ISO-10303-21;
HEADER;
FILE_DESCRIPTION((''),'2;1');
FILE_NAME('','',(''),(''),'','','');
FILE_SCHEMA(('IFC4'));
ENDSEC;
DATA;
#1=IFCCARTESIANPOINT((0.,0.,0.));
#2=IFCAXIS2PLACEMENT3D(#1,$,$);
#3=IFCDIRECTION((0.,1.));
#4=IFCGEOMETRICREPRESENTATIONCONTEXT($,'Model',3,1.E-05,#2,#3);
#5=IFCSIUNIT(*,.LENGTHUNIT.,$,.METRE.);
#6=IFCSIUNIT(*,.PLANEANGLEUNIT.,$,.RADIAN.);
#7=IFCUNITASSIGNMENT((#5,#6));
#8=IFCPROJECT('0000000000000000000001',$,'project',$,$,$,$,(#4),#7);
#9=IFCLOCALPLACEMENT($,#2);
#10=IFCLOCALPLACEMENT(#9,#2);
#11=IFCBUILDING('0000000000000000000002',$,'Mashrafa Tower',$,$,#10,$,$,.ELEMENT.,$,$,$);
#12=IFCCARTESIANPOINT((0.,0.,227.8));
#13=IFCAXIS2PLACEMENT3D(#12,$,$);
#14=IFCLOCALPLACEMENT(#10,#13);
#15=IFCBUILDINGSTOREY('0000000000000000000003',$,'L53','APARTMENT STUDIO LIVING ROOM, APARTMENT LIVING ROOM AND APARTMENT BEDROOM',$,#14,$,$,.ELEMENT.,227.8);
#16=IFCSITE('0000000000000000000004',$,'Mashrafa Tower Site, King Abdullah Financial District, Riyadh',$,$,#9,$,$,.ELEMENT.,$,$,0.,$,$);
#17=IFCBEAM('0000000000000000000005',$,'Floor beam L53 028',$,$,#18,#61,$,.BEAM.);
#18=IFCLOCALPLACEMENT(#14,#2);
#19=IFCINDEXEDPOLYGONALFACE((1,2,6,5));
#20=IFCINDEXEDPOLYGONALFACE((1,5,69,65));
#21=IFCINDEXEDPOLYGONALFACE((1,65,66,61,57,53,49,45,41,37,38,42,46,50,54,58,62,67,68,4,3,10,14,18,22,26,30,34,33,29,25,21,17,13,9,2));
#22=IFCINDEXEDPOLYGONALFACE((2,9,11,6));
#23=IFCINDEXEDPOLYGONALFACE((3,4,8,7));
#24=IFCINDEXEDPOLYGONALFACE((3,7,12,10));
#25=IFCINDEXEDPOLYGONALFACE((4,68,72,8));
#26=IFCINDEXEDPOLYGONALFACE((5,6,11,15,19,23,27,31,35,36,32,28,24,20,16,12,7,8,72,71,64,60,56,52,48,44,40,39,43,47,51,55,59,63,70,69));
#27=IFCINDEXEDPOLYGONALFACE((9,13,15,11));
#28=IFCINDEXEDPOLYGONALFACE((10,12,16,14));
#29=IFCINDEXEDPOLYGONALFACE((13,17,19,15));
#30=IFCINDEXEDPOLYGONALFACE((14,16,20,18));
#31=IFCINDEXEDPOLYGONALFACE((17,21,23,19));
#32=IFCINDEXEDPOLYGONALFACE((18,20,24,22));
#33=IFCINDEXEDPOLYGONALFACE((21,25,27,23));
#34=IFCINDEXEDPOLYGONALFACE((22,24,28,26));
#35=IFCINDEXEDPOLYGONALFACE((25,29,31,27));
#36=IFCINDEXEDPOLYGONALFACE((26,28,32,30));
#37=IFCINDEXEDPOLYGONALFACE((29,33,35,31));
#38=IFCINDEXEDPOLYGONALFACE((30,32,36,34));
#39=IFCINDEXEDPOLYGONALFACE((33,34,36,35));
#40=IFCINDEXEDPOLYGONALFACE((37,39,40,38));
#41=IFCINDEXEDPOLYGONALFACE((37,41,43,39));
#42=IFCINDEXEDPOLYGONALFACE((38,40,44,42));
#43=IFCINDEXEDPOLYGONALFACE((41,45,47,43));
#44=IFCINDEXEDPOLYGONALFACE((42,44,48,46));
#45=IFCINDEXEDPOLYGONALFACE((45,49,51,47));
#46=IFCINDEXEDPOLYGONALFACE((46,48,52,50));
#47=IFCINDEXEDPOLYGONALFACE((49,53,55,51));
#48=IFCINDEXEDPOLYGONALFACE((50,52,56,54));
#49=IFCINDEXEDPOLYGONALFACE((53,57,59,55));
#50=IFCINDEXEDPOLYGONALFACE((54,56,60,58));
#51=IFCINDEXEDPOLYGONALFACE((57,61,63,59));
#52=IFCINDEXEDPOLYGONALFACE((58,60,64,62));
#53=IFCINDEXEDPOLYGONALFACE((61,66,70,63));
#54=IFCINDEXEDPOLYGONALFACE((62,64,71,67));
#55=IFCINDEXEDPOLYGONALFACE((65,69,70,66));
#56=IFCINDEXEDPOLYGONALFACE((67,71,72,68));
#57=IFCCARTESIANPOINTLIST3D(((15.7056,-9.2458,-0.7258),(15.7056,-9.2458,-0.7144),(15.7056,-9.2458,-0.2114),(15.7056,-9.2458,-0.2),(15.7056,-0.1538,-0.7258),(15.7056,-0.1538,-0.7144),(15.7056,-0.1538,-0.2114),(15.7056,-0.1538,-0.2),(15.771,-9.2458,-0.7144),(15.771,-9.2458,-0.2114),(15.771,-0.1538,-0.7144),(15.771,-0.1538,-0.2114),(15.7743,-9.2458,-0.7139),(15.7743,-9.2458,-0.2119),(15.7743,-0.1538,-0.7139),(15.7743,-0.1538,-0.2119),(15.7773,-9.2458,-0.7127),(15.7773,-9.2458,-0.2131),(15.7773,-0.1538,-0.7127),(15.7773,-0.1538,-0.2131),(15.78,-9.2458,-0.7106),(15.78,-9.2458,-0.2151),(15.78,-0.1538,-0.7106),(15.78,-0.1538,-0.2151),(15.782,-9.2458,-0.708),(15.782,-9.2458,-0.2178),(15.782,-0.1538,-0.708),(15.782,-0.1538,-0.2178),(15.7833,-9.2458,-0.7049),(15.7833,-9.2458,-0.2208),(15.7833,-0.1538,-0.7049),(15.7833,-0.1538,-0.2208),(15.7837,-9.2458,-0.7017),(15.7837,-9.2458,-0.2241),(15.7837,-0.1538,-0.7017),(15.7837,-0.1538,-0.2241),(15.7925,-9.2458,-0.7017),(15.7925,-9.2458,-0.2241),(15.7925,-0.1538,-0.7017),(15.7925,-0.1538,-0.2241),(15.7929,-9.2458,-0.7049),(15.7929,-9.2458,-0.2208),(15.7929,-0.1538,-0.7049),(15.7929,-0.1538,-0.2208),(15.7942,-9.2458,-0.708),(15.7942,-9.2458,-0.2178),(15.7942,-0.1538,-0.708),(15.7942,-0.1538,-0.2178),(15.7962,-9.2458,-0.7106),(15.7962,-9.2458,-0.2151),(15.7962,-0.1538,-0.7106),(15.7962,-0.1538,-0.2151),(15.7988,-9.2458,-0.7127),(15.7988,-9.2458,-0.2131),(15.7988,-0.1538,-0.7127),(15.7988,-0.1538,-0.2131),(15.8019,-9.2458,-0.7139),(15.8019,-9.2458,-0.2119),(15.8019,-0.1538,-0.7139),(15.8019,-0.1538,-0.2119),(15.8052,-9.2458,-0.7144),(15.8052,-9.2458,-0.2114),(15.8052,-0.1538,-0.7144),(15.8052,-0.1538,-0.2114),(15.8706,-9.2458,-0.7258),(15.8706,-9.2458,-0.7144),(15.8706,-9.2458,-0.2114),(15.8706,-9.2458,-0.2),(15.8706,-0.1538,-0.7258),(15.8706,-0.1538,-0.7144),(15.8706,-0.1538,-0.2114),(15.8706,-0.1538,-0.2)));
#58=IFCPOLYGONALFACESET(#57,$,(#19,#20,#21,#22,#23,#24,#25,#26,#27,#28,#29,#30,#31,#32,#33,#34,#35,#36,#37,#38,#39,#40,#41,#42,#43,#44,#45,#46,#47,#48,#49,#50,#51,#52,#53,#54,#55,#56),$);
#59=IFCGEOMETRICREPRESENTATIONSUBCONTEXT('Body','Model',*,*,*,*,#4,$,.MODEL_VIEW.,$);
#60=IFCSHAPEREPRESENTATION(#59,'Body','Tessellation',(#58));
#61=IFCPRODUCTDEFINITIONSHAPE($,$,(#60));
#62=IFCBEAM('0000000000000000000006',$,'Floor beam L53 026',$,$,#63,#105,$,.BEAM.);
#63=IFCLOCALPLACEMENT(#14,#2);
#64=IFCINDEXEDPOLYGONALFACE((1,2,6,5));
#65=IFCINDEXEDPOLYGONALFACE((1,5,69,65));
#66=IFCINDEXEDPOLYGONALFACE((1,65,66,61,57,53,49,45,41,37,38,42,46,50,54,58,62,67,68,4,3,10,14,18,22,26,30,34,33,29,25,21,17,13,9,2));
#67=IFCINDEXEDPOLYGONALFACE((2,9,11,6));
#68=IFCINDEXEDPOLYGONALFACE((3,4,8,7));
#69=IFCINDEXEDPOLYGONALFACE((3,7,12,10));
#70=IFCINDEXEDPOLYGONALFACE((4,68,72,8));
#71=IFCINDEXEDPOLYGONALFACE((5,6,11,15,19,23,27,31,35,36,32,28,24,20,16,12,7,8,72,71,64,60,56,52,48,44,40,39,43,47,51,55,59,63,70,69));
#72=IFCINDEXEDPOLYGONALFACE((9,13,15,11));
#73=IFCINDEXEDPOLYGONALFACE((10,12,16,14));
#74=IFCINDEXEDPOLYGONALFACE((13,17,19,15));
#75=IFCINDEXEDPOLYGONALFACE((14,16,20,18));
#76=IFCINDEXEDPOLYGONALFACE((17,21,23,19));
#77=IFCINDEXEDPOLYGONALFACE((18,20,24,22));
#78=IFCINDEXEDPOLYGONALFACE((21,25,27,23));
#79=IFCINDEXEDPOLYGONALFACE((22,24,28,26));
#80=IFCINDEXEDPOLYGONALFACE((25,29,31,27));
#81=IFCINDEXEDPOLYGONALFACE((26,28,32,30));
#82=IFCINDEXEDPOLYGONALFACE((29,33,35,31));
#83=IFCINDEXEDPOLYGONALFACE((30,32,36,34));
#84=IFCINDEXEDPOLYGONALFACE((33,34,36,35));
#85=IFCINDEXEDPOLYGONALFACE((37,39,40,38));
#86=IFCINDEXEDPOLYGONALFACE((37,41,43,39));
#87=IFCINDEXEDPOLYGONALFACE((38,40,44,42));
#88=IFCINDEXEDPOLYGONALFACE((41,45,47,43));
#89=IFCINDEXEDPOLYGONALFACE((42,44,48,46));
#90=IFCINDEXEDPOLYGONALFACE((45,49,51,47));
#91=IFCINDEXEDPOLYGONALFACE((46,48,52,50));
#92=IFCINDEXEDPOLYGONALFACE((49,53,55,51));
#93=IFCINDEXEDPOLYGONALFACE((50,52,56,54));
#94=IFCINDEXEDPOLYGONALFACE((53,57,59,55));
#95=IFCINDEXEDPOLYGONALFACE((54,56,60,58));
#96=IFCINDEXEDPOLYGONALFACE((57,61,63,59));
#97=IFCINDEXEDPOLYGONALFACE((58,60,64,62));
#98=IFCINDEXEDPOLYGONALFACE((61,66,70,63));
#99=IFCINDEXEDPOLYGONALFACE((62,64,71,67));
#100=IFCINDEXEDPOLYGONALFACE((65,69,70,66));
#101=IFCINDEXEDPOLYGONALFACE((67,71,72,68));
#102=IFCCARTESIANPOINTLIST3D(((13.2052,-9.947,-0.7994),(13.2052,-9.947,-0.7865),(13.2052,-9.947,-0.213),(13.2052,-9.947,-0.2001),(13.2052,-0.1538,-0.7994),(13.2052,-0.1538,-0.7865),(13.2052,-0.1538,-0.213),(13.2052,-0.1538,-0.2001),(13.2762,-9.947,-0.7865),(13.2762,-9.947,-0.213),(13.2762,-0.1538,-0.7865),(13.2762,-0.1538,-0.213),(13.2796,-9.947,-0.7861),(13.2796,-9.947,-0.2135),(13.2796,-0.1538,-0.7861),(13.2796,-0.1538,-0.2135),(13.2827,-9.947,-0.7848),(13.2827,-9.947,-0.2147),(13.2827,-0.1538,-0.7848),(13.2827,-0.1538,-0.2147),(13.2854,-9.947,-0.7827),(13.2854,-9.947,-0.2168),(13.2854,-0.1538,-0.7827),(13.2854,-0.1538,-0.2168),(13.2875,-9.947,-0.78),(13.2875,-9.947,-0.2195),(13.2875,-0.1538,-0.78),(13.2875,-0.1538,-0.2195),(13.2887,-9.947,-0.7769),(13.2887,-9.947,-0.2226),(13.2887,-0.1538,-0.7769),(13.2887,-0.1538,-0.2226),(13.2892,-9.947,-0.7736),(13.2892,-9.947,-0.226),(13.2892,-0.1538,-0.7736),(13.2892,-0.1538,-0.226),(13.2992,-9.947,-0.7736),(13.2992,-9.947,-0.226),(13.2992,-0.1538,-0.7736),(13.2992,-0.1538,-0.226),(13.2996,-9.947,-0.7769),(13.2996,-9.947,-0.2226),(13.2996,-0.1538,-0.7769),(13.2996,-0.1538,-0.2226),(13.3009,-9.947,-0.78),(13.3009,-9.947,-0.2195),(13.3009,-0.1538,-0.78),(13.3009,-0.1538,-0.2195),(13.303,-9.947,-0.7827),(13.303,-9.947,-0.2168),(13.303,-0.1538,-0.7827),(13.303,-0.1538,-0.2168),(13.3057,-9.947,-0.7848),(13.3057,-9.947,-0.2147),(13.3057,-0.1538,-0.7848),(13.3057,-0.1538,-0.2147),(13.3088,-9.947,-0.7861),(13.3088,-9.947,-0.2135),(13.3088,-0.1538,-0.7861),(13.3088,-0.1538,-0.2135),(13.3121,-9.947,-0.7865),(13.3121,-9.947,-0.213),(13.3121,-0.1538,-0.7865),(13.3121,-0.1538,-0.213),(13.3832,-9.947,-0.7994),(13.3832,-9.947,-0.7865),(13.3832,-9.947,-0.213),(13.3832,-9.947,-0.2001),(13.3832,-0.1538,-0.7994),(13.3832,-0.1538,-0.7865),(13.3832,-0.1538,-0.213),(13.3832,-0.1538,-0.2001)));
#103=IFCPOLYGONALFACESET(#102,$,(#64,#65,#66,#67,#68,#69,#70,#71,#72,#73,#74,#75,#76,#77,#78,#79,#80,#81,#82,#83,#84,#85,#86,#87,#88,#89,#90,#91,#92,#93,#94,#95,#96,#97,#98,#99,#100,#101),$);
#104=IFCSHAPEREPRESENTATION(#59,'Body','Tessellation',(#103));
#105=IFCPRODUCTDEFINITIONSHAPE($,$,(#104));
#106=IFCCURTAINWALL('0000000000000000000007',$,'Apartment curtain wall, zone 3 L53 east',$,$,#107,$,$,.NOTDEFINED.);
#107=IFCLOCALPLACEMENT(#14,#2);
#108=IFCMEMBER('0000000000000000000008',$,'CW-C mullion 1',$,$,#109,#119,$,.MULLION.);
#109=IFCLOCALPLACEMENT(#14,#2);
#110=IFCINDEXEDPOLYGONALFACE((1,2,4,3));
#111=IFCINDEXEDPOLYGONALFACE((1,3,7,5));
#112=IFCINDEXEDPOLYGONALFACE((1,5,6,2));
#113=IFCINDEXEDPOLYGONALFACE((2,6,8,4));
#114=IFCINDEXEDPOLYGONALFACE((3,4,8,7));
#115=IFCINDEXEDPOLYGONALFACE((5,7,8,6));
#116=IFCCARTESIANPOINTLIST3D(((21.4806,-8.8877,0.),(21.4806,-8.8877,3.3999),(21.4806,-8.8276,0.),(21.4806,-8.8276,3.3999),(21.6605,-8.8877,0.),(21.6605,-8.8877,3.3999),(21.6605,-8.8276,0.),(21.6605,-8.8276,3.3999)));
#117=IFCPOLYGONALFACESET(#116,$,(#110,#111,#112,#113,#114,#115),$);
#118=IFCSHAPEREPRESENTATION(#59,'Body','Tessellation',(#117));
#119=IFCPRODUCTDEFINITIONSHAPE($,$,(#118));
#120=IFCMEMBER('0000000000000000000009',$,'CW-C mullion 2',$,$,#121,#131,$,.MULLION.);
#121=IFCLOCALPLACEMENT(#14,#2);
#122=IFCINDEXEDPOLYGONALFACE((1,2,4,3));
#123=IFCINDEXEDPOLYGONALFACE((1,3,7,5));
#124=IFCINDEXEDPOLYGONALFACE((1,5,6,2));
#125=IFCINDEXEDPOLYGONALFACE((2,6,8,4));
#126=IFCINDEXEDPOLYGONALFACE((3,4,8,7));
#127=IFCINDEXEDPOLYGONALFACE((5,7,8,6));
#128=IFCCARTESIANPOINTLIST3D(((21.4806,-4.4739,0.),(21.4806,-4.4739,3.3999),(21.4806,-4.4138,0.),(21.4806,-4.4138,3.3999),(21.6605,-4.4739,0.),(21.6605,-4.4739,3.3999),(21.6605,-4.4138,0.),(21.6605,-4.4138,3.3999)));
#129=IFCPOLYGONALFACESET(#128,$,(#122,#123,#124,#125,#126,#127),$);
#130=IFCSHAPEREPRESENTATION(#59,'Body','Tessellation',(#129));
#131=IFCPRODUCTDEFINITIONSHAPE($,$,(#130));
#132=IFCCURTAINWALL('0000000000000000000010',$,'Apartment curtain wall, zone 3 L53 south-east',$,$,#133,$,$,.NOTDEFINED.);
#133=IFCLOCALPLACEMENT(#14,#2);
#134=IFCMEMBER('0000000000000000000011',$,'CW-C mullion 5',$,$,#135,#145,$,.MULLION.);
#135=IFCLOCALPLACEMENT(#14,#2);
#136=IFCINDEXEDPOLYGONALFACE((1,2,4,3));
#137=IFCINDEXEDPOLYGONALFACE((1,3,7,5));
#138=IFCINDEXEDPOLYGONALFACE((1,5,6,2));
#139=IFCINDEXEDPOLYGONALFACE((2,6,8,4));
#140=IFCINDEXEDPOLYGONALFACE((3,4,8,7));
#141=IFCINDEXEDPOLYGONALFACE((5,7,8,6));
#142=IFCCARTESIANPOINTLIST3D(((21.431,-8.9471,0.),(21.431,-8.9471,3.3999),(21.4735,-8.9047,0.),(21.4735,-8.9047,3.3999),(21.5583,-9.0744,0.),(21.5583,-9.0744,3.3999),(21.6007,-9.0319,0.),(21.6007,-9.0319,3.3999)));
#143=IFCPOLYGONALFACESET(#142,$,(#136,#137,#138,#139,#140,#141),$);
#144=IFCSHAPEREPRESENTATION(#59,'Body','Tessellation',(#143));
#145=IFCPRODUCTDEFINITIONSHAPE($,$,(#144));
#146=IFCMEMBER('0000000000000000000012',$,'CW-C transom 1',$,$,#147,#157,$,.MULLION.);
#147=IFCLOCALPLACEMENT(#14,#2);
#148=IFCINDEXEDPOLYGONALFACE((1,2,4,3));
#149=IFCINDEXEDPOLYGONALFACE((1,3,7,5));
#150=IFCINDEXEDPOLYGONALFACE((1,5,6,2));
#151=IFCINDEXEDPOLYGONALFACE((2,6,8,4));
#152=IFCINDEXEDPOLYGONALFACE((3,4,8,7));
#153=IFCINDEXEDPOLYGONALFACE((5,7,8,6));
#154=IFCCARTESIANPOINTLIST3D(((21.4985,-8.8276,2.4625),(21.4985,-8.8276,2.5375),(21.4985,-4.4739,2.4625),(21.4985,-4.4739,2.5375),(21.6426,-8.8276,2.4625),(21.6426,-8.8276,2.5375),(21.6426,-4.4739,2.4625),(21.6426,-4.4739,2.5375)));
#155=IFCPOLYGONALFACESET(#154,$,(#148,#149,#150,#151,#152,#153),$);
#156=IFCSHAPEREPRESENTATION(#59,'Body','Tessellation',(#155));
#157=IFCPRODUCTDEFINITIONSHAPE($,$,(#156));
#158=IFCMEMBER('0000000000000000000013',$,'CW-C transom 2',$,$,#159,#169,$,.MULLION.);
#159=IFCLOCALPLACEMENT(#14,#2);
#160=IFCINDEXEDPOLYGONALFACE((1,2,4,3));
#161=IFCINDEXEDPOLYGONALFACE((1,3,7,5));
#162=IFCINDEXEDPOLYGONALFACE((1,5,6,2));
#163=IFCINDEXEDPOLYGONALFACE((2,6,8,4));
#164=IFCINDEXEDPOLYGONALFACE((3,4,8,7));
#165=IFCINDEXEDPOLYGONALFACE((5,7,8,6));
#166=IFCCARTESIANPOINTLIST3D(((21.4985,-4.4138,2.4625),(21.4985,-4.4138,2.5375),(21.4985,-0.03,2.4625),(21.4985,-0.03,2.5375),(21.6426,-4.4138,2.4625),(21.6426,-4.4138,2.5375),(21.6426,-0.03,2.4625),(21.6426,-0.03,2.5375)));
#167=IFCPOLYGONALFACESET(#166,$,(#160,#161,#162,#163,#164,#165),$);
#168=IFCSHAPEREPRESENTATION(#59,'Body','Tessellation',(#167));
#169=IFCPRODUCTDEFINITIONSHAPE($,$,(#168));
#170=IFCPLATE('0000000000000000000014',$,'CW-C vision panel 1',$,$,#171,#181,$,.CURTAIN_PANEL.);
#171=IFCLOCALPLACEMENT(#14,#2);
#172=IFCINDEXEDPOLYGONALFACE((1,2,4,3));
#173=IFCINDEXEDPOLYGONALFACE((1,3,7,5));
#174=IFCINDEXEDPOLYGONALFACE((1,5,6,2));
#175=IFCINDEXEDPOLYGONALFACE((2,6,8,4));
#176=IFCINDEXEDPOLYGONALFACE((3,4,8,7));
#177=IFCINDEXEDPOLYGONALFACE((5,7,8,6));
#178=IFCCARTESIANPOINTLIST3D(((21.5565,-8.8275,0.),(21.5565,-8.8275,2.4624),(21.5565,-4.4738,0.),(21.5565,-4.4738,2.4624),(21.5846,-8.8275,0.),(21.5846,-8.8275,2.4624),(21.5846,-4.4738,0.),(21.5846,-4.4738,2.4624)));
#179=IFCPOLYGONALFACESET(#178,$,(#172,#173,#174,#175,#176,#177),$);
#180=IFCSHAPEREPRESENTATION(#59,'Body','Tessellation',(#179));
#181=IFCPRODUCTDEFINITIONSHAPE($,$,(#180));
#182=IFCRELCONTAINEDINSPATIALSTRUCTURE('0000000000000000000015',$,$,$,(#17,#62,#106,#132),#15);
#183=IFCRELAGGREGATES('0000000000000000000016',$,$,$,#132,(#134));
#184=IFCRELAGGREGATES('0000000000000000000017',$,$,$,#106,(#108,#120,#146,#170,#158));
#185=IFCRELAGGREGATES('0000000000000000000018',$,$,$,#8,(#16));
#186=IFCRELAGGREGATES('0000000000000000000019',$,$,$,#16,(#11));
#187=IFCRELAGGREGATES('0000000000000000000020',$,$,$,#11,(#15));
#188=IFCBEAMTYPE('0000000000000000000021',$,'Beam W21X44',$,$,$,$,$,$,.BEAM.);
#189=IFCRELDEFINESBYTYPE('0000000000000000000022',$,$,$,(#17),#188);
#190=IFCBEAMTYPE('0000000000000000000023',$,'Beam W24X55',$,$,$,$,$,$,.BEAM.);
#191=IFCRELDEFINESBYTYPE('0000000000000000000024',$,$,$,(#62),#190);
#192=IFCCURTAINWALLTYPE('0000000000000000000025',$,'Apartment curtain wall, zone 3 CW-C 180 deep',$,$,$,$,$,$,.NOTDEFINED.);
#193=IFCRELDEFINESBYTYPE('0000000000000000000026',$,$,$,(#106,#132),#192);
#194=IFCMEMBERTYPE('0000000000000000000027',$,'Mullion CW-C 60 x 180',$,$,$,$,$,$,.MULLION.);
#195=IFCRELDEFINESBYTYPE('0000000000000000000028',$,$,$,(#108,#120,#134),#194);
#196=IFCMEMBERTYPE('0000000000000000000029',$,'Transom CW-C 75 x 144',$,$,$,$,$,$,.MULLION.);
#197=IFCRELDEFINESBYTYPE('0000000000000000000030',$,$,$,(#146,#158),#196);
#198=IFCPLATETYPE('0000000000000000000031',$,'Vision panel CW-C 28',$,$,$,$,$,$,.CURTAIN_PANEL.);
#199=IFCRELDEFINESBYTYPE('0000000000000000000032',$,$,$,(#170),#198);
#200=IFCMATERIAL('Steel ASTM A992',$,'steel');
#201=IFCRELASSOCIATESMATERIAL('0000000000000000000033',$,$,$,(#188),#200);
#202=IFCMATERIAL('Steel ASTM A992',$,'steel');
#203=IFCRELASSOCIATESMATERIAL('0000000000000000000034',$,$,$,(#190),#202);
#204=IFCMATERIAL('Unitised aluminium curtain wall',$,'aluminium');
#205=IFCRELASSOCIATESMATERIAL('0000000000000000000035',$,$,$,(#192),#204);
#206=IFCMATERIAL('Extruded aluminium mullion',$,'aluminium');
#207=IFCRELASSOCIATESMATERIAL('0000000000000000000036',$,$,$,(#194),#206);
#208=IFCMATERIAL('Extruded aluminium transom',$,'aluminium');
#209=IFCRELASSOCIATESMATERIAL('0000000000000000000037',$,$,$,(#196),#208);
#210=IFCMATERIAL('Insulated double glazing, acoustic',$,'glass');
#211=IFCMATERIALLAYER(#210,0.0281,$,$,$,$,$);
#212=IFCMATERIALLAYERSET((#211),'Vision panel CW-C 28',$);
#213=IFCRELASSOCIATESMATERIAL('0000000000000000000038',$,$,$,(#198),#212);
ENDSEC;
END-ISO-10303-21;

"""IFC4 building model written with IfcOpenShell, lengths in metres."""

from ifc_helpers import new_model, si_unit, direction, frame, origin, origin_2d, place, context, subcontext, project, spatial, rectangle, i_section, extrude, source, transform, mapped, material, layer, layer_set, material_profile, profile_set, type_object, type_shapes, element, aggregate, save


model = new_model("IFC4")

# Units and contexts
model_context = context("Model", 3, precision=1e-05, world=origin(), true_north=direction((0.0, 1.0)))
body_context = subcontext(model_context, "Body", "Model", "MODEL_VIEW")
ifc_project = project(units=[si_unit("LENGTHUNIT", "METRE"), si_unit("PLANEANGLEUNIT", "RADIAN")], contexts=[model_context])

# Site, building, storey
site_placement = place(None, origin())
site = spatial("IfcSite", under=ifc_project, at=site_placement, Name="Mashrafa Tower Site, King Abdullah Financial District, Riyadh", CompositionType="ELEMENT", RefElevation=0.0)
building_placement = place(site_placement, origin())
building = spatial("IfcBuilding", under=site, at=building_placement, Name="Mashrafa Tower", CompositionType="ELEMENT")
storey_placement = place(building_placement, frame((0.0, 0.0, 227.8)))
storey = spatial("IfcBuildingStorey", under=building, at=storey_placement, Name="L53", Description="APARTMENT STUDIO LIVING ROOM, APARTMENT LIVING ROOM AND APARTMENT BEDROOM", CompositionType="ELEMENT", Elevation=227.8)

# Beams
ifc_material_1 = material(Name="Steel ASTM A992", Category="steel")
ifc_material_profile_1 = material_profile(ifc_material_1, i_section(OverallWidth=0.165, OverallDepth=0.5259, WebThickness=0.0088, FlangeThickness=0.0115, FilletRadius=0.0127, at=origin_2d()), Name="W21X44")
ifc_profile_set_1 = profile_set([ifc_material_profile_1], Name="Steel ASTM A992")
beam_type_1 = type_object("IfcBeamType", Name="Beam W21X44", PredefinedType="BEAM", material=ifc_profile_set_1)
beam_1_placement = place(storey_placement, frame((15.7881, -0.1538, -0.4629), z_axis=(0.0, -1.0, 0.0), x_axis=(1.0, 0.0, 0.0)))
element("IfcBeam", 1, at=beam_1_placement, inside=storey, type_object=beam_type_1, Name="Floor beam L53 028", PredefinedType="BEAM", context=body_context, shape_type="SweptSolid", body=[
    extrude(i_section(OverallWidth=0.165, OverallDepth=0.5259, WebThickness=0.0088, FlangeThickness=0.0115, FilletRadius=0.0127, at=origin_2d()), origin(), (0.0, 0.0, 1.0), 9.092),
])
ifc_material_2 = material(Name="Steel ASTM A992", Category="steel")
ifc_material_profile_2 = material_profile(ifc_material_2, i_section(OverallWidth=0.178, OverallDepth=0.5994, WebThickness=0.01, FlangeThickness=0.0129, FilletRadius=0.0129, at=origin_2d()), Name="W24X55")
ifc_profile_set_2 = profile_set([ifc_material_profile_2], Name="Steel ASTM A992")
beam_type_2 = type_object("IfcBeamType", Name="Beam W24X55", PredefinedType="BEAM", material=ifc_profile_set_2)
beam_2_placement = place(storey_placement, frame((13.2942, -0.1538, -0.4998), z_axis=(0.0, -1.0, 0.0), x_axis=(1.0, 0.0, 0.0)))
element("IfcBeam", 2, at=beam_2_placement, inside=storey, type_object=beam_type_2, Name="Floor beam L53 026", PredefinedType="BEAM", context=body_context, shape_type="SweptSolid", body=[
    extrude(i_section(OverallWidth=0.178, OverallDepth=0.5994, WebThickness=0.01, FlangeThickness=0.0129, FilletRadius=0.0129, at=origin_2d()), origin(), (0.0, 0.0, 1.0), 9.7932),
])

# Curtain wall, members
ifc_material_3 = material(Name="Unitised aluminium curtain wall", Category="aluminium")
curtain_wall_type = type_object("IfcCurtainWallType", Name="Apartment curtain wall, zone 3 CW-C 180 deep", PredefinedType="NOTDEFINED", material=ifc_material_3)
curtain_wall_1_placement = place(storey_placement, origin())
curtain_wall_1 = element("IfcCurtainWall", 3, at=curtain_wall_1_placement, inside=storey, type_object=curtain_wall_type, Name="Apartment curtain wall, zone 3 L53 east", PredefinedType="NOTDEFINED")
ifc_material_4 = material(Name="Extruded aluminium mullion", Category="aluminium")
ifc_material_profile_3 = material_profile(ifc_material_4, rectangle(XDim=0.1799, YDim=0.0601, at=origin_2d()), Name="Mullion 60x180")
ifc_profile_set_3 = profile_set([ifc_material_profile_3], Name="Extruded aluminium mullion")
member_type_1 = type_object("IfcMemberType", Name="Mullion CW-C 60 x 180", PredefinedType="MULLION", material=ifc_profile_set_3)
shared_shape_1 = source(origin(), body_context, "Body", "SweptSolid", [
    extrude(rectangle(XDim=0.1799, YDim=0.0601, at=origin_2d()), origin(), (0.0, 0.0, 1.0), 3.3999),
])
type_shapes(member_type_1, [shared_shape_1])
member_1_placement = place(storey_placement, frame((21.5706, -8.8577, 0.0), z_axis=(0.0, 0.0, 1.0), x_axis=(-1.0, 0.0, 0.0)))
member_1 = element("IfcMember", 4, at=member_1_placement, type_object=member_type_1, Name="CW-C mullion 1", PredefinedType="MULLION", context=body_context, shape_type="MappedRepresentation", body=[
    mapped(shared_shape_1, transform((0.0, 0.0, 0.0))),
])
member_2_placement = place(storey_placement, frame((21.5706, -4.4438, 0.0), z_axis=(0.0, 0.0, 1.0), x_axis=(-1.0, 0.0, 0.0)))
member_2 = element("IfcMember", 5, at=member_2_placement, type_object=member_type_1, Name="CW-C mullion 2", PredefinedType="MULLION", context=body_context, shape_type="MappedRepresentation", body=[
    mapped(shared_shape_1, transform((0.0, 0.0, 0.0))),
])

# Curtain wall, member
curtain_wall_2_placement = place(storey_placement, origin())
curtain_wall_2 = element("IfcCurtainWall", 6, at=curtain_wall_2_placement, inside=storey, type_object=curtain_wall_type, Name="Apartment curtain wall, zone 3 L53 south-east", PredefinedType="NOTDEFINED")
member_3_placement = place(storey_placement, frame((21.5159, -8.9895, 0.0), z_axis=(0.0, 0.0, 1.0), x_axis=(-0.707107, 0.707107, 0.0)))
member_3 = element("IfcMember", 7, at=member_3_placement, type_object=member_type_1, Name="CW-C mullion 5", PredefinedType="MULLION", context=body_context, shape_type="MappedRepresentation", body=[
    mapped(shared_shape_1, transform((0.0, 0.0, 0.0))),
])
aggregate(curtain_wall_2, [member_3])

# Members
ifc_material_5 = material(Name="Extruded aluminium transom", Category="aluminium")
ifc_material_profile_4 = material_profile(ifc_material_5, rectangle(XDim=0.144, YDim=0.075, at=origin_2d()), Name="Transom 75x144")
ifc_profile_set_4 = profile_set([ifc_material_profile_4], Name="Extruded aluminium transom")
member_type_2 = type_object("IfcMemberType", Name="Transom CW-C 75 x 144", PredefinedType="MULLION", material=ifc_profile_set_4)
shared_shape_2 = source(origin(), body_context, "Body", "SweptSolid", [
    extrude(rectangle(XDim=0.144, YDim=0.075, at=origin_2d()), origin(), (0.0, 0.0, 1.0), 4.3538),
])
member_4_placement = place(storey_placement, frame((21.5706, -8.8276, 2.5), z_axis=(0.0, 1.0, 0.0), x_axis=(-1.0, 0.0, 0.0)))
member_4 = element("IfcMember", 8, at=member_4_placement, type_object=member_type_2, Name="CW-C transom 1", PredefinedType="MULLION", context=body_context, shape_type="MappedRepresentation", body=[
    mapped(shared_shape_2, transform((0.0, 0.0, 0.0))),
])
shared_shape_3 = source(origin(), body_context, "Body", "SweptSolid", [
    extrude(rectangle(XDim=0.144, YDim=0.075, at=origin_2d()), origin(), (0.0, 0.0, 1.0), 4.3838),
])
type_shapes(member_type_2, [shared_shape_2, shared_shape_3])
member_5_placement = place(storey_placement, frame((21.5706, -4.4138, 2.5), z_axis=(0.0, 1.0, 0.0), x_axis=(-1.0, 0.0, 0.0)))
member_5 = element("IfcMember", 9, at=member_5_placement, type_object=member_type_2, Name="CW-C transom 2", PredefinedType="MULLION", context=body_context, shape_type="MappedRepresentation", body=[
    mapped(shared_shape_3, transform((0.0, 0.0, 0.0))),
])

# Plate
ifc_material_6 = material(Name="Insulated double glazing, acoustic", Category="glass")
ifc_layer_1 = layer(ifc_material_6, 0.0281)
ifc_layer_set_1 = layer_set([ifc_layer_1], Name="Vision panel CW-C 28")
plate_type_1 = type_object("IfcPlateType", Name="Vision panel CW-C 28", PredefinedType="CURTAIN_PANEL", material=ifc_layer_set_1)
shared_shape_4 = source(origin(), body_context, "Body", "SweptSolid", [
    extrude(rectangle(XDim=4.3538, YDim=0.0281, at=origin_2d()), origin(), (0.0, 0.0, 1.0), 2.4624),
])
plate_1_placement = place(storey_placement, frame((21.5706, -6.6506, 0.0), z_axis=(0.0, 0.0, 1.0), x_axis=(0.0, 1.0, 0.0)))
plate_1 = element("IfcPlate", 10, at=plate_1_placement, type_object=plate_type_1, Name="CW-C vision panel 1", PredefinedType="CURTAIN_PANEL", context=body_context, shape_type="MappedRepresentation", body=[
    mapped(shared_shape_4, transform((0.0, 0.0, 0.0))),
])
aggregate(curtain_wall_1, [member_1, member_2, member_4, plate_1, member_5])

save(model, "model.ifc")
